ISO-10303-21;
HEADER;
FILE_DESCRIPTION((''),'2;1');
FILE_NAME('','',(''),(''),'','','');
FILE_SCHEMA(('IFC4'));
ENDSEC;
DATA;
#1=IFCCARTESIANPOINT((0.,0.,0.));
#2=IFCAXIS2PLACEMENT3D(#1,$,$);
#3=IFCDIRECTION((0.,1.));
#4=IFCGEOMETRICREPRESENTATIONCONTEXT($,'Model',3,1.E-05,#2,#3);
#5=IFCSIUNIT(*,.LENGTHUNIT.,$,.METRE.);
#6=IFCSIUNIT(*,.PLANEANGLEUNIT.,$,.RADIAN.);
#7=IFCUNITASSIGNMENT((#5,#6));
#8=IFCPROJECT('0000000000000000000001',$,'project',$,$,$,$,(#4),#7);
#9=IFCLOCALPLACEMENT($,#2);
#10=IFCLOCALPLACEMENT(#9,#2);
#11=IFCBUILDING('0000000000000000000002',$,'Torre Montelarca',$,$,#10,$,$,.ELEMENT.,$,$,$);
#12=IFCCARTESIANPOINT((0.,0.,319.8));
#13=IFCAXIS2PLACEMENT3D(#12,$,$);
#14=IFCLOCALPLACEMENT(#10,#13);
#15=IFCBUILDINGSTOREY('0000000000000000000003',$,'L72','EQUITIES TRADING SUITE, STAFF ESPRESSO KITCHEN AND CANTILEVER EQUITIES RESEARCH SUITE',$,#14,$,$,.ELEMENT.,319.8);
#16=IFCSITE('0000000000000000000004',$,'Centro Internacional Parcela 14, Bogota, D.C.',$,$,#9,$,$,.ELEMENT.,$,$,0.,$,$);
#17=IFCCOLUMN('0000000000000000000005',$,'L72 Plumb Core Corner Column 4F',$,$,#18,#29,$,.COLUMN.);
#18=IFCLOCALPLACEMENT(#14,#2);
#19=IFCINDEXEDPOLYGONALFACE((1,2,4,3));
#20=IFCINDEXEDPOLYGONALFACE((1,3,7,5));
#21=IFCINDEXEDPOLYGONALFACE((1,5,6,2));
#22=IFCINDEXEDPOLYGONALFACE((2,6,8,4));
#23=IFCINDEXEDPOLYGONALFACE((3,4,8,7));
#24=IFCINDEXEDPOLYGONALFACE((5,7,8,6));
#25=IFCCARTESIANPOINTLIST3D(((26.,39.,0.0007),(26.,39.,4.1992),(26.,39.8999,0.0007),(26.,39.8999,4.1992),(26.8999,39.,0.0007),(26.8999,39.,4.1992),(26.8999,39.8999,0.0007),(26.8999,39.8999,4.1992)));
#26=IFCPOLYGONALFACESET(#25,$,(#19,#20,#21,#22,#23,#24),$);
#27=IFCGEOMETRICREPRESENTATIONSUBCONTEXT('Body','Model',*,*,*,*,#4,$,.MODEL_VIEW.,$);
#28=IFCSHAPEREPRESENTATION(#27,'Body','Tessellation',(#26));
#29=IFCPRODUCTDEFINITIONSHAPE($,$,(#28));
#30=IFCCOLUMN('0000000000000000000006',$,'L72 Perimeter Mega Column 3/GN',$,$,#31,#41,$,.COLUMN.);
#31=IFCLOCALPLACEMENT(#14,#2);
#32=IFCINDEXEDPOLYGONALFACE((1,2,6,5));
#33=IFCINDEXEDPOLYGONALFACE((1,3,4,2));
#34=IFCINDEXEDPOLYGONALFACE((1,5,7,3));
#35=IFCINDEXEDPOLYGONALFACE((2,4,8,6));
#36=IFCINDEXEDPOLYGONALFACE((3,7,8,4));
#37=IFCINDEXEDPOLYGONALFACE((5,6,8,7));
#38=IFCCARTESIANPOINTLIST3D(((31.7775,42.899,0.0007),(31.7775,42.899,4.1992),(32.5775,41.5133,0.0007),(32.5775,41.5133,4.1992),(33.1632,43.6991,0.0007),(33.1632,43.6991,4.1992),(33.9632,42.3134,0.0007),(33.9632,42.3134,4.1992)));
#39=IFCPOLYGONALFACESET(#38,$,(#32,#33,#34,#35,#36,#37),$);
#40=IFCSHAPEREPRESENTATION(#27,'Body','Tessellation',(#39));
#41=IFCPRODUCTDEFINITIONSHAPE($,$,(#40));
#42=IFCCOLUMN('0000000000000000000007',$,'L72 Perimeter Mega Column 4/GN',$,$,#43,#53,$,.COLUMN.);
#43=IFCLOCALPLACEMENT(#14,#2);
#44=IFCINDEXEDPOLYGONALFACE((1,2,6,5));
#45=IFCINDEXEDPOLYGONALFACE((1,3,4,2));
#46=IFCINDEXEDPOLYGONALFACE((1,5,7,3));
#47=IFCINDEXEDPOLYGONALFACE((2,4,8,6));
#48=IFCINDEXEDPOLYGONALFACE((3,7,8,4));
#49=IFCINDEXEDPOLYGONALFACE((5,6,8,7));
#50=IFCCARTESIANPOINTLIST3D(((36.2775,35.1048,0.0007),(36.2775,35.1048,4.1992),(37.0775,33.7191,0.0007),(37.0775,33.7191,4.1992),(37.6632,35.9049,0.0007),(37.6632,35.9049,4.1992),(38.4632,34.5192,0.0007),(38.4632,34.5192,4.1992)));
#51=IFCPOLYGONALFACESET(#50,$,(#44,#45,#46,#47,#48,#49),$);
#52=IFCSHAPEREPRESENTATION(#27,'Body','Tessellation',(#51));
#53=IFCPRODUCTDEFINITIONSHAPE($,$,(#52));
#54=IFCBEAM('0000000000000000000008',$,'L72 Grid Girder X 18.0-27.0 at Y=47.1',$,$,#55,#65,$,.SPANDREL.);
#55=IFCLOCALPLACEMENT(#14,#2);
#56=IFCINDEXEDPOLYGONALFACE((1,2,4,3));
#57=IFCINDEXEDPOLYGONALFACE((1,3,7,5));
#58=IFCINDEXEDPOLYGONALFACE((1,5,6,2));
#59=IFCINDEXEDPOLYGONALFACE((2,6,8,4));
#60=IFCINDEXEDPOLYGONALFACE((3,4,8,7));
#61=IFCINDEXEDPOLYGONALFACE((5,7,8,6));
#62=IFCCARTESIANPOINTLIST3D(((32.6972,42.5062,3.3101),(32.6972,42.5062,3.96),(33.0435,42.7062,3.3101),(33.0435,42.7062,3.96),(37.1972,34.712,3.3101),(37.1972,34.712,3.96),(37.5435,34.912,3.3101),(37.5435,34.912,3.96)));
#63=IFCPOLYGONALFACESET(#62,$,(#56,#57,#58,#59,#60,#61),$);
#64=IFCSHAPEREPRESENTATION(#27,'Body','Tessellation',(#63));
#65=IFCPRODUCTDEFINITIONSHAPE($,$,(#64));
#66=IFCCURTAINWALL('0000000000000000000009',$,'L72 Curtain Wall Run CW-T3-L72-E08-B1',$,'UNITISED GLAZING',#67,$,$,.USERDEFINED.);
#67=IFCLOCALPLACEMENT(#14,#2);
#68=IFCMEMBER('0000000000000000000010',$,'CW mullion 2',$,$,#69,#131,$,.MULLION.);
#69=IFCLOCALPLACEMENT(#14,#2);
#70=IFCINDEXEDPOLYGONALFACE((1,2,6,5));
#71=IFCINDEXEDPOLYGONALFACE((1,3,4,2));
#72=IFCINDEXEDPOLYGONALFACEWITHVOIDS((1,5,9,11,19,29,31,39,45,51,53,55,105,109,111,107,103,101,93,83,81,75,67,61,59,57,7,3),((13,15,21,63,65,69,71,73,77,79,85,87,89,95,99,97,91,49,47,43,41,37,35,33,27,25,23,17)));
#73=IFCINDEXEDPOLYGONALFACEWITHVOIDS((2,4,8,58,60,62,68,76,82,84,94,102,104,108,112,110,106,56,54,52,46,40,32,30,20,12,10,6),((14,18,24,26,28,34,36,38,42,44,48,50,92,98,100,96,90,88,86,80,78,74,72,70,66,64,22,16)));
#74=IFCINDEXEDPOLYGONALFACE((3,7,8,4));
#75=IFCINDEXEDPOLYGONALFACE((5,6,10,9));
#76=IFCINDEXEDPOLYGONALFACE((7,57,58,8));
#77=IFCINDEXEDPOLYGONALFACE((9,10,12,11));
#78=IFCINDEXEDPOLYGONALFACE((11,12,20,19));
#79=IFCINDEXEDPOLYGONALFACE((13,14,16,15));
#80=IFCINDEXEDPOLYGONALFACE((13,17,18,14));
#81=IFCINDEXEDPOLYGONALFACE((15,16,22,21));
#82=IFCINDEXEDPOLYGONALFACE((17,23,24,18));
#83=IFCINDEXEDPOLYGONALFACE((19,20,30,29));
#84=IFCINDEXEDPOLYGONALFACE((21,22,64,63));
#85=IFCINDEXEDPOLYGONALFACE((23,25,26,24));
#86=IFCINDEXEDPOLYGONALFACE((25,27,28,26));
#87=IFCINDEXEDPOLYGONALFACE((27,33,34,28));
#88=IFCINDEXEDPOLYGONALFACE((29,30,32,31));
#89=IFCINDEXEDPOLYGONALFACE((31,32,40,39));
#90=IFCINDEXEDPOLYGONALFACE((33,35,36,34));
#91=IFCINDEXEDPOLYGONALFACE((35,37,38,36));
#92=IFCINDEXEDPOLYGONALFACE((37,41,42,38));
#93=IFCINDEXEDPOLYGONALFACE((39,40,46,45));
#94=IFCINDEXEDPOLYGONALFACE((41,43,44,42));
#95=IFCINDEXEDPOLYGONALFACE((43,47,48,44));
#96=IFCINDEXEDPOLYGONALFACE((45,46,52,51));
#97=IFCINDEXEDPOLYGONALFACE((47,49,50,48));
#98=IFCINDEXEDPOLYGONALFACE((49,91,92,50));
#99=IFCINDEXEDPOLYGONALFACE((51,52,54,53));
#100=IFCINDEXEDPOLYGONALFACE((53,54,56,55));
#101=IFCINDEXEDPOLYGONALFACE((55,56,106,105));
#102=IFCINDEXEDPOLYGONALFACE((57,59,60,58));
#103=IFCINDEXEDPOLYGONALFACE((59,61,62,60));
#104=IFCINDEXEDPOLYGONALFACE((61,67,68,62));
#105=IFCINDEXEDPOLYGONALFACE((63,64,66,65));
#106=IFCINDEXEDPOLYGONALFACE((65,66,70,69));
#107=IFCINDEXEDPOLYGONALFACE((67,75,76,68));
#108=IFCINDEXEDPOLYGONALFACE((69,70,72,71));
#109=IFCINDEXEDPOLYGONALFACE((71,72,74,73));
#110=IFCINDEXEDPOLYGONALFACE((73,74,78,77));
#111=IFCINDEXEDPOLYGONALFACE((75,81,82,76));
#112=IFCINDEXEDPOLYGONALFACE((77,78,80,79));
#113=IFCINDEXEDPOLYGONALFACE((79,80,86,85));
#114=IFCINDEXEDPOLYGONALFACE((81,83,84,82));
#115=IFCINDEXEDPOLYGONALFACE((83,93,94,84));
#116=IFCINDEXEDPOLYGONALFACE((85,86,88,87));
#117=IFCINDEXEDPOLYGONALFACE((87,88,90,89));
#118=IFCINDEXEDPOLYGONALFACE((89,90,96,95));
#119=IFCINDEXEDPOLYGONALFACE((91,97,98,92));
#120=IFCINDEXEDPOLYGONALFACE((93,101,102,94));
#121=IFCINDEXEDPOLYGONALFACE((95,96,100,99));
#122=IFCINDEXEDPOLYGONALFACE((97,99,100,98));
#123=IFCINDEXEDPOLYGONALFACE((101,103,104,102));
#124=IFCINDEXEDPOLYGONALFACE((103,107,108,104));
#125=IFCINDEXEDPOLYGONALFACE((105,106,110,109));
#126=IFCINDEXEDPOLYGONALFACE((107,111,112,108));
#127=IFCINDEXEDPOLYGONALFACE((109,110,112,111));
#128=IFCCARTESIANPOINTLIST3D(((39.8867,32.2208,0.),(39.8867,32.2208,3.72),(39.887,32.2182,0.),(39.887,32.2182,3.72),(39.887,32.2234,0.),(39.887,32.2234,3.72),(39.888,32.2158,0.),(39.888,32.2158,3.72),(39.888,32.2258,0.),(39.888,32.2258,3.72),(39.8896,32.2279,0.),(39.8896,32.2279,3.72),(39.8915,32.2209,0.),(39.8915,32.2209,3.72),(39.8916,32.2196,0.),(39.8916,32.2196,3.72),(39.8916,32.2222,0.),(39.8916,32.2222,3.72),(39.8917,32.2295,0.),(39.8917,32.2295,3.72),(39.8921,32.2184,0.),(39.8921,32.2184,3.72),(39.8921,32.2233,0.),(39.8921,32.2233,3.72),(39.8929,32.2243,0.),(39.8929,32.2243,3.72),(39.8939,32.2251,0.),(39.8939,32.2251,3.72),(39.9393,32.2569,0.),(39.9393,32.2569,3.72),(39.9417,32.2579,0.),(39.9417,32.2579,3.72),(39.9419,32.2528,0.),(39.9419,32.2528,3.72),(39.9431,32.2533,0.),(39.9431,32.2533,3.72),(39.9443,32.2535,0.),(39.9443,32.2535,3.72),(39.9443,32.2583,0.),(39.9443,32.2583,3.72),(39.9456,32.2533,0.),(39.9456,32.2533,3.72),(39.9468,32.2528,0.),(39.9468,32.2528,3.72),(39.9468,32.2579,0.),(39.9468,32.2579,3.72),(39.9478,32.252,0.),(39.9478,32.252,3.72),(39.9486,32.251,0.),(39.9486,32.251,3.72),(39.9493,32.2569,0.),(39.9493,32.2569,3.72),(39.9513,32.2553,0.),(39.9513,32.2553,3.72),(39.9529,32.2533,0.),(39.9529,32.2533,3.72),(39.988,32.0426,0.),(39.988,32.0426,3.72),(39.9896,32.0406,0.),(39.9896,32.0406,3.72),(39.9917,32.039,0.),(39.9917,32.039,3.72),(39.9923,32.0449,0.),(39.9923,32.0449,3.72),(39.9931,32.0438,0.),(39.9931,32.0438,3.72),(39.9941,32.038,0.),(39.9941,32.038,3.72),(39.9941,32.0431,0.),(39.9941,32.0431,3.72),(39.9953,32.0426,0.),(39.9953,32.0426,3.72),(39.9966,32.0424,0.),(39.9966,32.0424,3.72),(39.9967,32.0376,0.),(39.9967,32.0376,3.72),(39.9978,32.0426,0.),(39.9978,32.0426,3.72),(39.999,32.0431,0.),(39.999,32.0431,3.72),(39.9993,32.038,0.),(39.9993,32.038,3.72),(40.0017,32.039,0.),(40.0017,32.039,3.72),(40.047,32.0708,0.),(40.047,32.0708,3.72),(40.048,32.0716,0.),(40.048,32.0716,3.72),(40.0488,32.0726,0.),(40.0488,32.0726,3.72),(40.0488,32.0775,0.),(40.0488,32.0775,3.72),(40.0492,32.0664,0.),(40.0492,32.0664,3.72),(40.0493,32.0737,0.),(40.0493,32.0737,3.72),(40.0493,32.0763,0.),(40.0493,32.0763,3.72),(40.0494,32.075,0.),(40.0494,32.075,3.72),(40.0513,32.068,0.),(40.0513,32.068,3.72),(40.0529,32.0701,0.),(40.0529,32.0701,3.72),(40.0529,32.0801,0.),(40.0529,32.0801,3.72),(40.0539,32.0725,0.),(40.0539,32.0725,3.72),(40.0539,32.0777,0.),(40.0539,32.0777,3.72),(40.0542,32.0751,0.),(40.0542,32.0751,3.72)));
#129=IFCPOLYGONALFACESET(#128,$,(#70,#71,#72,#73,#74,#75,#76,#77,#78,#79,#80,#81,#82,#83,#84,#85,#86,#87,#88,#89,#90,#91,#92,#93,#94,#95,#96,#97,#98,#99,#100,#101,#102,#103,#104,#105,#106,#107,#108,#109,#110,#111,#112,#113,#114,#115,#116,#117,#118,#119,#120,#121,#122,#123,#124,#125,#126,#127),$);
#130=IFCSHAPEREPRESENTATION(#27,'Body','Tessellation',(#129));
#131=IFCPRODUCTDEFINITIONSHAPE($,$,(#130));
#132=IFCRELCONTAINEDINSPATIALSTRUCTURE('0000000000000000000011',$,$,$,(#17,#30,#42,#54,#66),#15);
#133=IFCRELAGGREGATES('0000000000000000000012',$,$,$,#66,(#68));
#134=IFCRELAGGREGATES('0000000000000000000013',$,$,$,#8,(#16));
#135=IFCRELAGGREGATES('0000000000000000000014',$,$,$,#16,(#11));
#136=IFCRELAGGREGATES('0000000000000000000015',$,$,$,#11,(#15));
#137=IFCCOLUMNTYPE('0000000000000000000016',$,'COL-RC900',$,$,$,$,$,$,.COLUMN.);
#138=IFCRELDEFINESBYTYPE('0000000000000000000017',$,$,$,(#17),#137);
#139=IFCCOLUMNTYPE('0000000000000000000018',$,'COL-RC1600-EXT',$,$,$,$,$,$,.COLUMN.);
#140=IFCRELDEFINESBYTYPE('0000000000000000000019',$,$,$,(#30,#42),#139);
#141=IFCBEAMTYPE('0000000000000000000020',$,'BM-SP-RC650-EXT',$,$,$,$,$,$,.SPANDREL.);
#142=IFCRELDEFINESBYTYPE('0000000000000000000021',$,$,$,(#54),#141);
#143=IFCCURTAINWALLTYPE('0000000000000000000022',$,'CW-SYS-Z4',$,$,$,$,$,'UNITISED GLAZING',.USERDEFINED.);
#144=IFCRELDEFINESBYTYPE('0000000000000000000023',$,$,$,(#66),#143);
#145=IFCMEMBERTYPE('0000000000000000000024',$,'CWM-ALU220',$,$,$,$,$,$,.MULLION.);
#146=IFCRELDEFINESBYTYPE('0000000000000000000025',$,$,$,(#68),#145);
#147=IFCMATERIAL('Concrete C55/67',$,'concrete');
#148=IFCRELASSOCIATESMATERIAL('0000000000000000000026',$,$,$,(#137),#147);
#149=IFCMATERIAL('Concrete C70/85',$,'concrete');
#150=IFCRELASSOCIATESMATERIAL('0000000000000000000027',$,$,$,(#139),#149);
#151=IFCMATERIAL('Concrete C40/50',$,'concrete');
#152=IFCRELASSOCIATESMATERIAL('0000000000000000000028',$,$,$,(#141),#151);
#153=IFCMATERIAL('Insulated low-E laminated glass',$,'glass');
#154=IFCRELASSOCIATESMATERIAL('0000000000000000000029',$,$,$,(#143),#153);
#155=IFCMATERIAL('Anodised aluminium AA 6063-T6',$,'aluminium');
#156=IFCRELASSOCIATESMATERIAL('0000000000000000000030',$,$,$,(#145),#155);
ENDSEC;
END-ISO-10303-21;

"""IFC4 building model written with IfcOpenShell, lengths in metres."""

from ifc_helpers import new_model, si_unit, direction, frame, origin, origin_2d, place, context, subcontext, project, spatial, rectangle, hollow_rectangle, extrude, source, transform, mapped, material, material_profile, profile_set, type_object, element, aggregate, save


model = new_model("IFC4")

# Units and contexts
model_context = context("Model", 3, precision=1e-05, world=origin(), true_north=direction((0.0, 1.0)))
body_context = subcontext(model_context, "Body", "Model", "MODEL_VIEW")
ifc_project = project(units=[si_unit("LENGTHUNIT", "METRE"), si_unit("PLANEANGLEUNIT", "RADIAN")], contexts=[model_context])

# Site, building, storey
site_placement = place(None, origin())
site = spatial("IfcSite", under=ifc_project, at=site_placement, Name="Centro Internacional Parcela 14, Bogota, D.C.", CompositionType="ELEMENT", RefElevation=0.0)
building_placement = place(site_placement, origin())
building = spatial("IfcBuilding", under=site, at=building_placement, Name="Torre Montelarca", CompositionType="ELEMENT")
storey_placement = place(building_placement, frame((0.0, 0.0, 319.8)))
storey = spatial("IfcBuildingStorey", under=building, at=storey_placement, Name="L72", Description="EQUITIES TRADING SUITE, STAFF ESPRESSO KITCHEN AND CANTILEVER EQUITIES RESEARCH SUITE", CompositionType="ELEMENT", Elevation=319.8)

# Columns
ifc_material_1 = material(Name="Concrete C55/67", Category="concrete")
ifc_material_profile_1 = material_profile(ifc_material_1, rectangle(XDim=0.8999, YDim=0.8999, at=origin_2d()), Name="RC900X900", Category="concrete")
ifc_profile_set_1 = profile_set([ifc_material_profile_1], Name="Concrete C55/67")
column_type_1 = type_object("IfcColumnType", Name="COL-RC900", PredefinedType="COLUMN", material=ifc_profile_set_1)
shared_shape_1 = source(origin(), body_context, "Body", "SweptSolid", [
    extrude(rectangle(XDim=0.8999, YDim=0.8999, at=origin_2d()), origin(), (0.0, 0.0, 1.0), 4.1985),
])
column_placement = place(storey_placement, frame((26.45, 39.45, 0.0007), z_axis=(0.0, 0.0, 1.0), x_axis=(1.0, 0.0, 0.0)))
element("IfcColumn", 1, at=column_placement, inside=storey, type_object=column_type_1, Name="L72 Plumb Core Corner Column 4F", PredefinedType="COLUMN", context=body_context, shape_type="MappedRepresentation", body=[
    mapped(shared_shape_1, transform((0.0, 0.0, 0.0), scale=1.0)),
])
ifc_material_2 = material(Name="Concrete C70/85", Category="concrete")
ifc_material_profile_2 = material_profile(ifc_material_2, rectangle(XDim=1.6001, YDim=1.6001, at=origin_2d()), Name="RC1600X1600", Category="concrete")
ifc_profile_set_2 = profile_set([ifc_material_profile_2], Name="Concrete C70/85")
column_type_2 = type_object("IfcColumnType", Name="COL-RC1600-EXT", PredefinedType="COLUMN", material=ifc_profile_set_2)
shared_shape_2 = source(origin(), body_context, "Body", "SweptSolid", [
    extrude(rectangle(XDim=1.6001, YDim=1.6001, at=origin_2d()), origin(), (0.0, 0.0, 1.0), 4.1985),
])
for number, where, z_axis, x_axis, name in (
    (2, (32.8704, 42.6062, 0.0007), (0.0, 0.0, 1.0), (-0.5, 0.866025, 0.0), "L72 Perimeter Mega Column 3/GN"),
    (3, (37.3704, 34.812, 0.0007), (0.0, 0.0, 1.0), (-0.5, 0.866025, 0.0), "L72 Perimeter Mega Column 4/GN"),
):
    element("IfcColumn", number, at=place(storey_placement, frame(where, z_axis=z_axis, x_axis=x_axis)), inside=storey, type_object=column_type_2, Name=name, PredefinedType="COLUMN", context=body_context, shape_type="MappedRepresentation", body=[
        mapped(shared_shape_2, transform((0.0, 0.0, 0.0), scale=1.0)),
    ])

# Beam
ifc_material_3 = material(Name="Concrete C40/50", Category="concrete")
ifc_material_profile_3 = material_profile(ifc_material_3, rectangle(XDim=0.3999, YDim=0.6499, at=origin_2d()), Name="RCB400X650", Category="concrete")
ifc_profile_set_3 = profile_set([ifc_material_profile_3], Name="Concrete C40/50")
beam_type = type_object("IfcBeamType", Name="BM-SP-RC650-EXT", PredefinedType="SPANDREL", material=ifc_profile_set_3)
shared_shape_3 = source(origin(), body_context, "Body", "SweptSolid", [
    extrude(rectangle(XDim=0.3999, YDim=0.6499, at=origin_2d()), origin(), (0.0, 0.0, 1.0), 9.0),
])
beam_placement = place(storey_placement, frame((32.8704, 42.6062, 3.635), z_axis=(0.500002, -0.866024, 0.0), x_axis=(0.866024, 0.500002, 0.0)))
element("IfcBeam", 4, at=beam_placement, inside=storey, type_object=beam_type, Name="L72 Grid Girder X 18.0-27.0 at Y=47.1", PredefinedType="SPANDREL", context=body_context, shape_type="MappedRepresentation", body=[
    mapped(shared_shape_3, transform((0.0, 0.0, 0.0), scale=1.0)),
])

# Curtain wall, member
ifc_material_4 = material(Name="Insulated low-E laminated glass", Category="glass")
curtain_wall_type = type_object("IfcCurtainWallType", Name="CW-SYS-Z4", ElementType="UNITISED GLAZING", PredefinedType="USERDEFINED", material=ifc_material_4)
curtain_wall_1_placement = place(storey_placement, origin())
curtain_wall_1 = element("IfcCurtainWall", 5, at=curtain_wall_1_placement, inside=storey, type_object=curtain_wall_type, Name="L72 Curtain Wall Run CW-T3-L72-E08-B1", ObjectType="UNITISED GLAZING", PredefinedType="USERDEFINED")
ifc_material_5 = material(Name="Anodised aluminium AA 6063-T6", Category="aluminium")
ifc_material_profile_4 = material_profile(ifc_material_5, hollow_rectangle(XDim=0.075, YDim=0.22, WallThickness=0.0049, InnerFilletRadius=0.0049, OuterFilletRadius=0.01, at=origin_2d()), Name="ALU75X220X5", Category="aluminium")
ifc_profile_set_4 = profile_set([ifc_material_profile_4], Name="Anodised aluminium AA 6063-T6")
member_type_1 = type_object("IfcMemberType", Name="CWM-ALU220", PredefinedType="MULLION", material=ifc_profile_set_4)
shared_shape_4 = source(origin(), body_context, "Body", "SweptSolid", [
    extrude(hollow_rectangle(XDim=0.075, YDim=0.22, WallThickness=0.0049, InnerFilletRadius=0.0049, OuterFilletRadius=0.01, at=origin_2d()), origin(), (0.0, 0.0, 1.0), 3.72),
])
member_1_placement = place(storey_placement, frame((39.9705, 32.1479, 0.0), z_axis=(0.0, 0.0, 1.0), x_axis=(-0.866028, -0.499996, 0.0)))
member_1 = element("IfcMember", 6, at=member_1_placement, type_object=member_type_1, Name="CW mullion 2", PredefinedType="MULLION", context=body_context, shape_type="MappedRepresentation", body=[
    mapped(shared_shape_4, transform((0.0, 0.0, 0.0), scale=1.0)),
])

aggregate(curtain_wall_1, [member_1])

save(model, "model.ifc")
